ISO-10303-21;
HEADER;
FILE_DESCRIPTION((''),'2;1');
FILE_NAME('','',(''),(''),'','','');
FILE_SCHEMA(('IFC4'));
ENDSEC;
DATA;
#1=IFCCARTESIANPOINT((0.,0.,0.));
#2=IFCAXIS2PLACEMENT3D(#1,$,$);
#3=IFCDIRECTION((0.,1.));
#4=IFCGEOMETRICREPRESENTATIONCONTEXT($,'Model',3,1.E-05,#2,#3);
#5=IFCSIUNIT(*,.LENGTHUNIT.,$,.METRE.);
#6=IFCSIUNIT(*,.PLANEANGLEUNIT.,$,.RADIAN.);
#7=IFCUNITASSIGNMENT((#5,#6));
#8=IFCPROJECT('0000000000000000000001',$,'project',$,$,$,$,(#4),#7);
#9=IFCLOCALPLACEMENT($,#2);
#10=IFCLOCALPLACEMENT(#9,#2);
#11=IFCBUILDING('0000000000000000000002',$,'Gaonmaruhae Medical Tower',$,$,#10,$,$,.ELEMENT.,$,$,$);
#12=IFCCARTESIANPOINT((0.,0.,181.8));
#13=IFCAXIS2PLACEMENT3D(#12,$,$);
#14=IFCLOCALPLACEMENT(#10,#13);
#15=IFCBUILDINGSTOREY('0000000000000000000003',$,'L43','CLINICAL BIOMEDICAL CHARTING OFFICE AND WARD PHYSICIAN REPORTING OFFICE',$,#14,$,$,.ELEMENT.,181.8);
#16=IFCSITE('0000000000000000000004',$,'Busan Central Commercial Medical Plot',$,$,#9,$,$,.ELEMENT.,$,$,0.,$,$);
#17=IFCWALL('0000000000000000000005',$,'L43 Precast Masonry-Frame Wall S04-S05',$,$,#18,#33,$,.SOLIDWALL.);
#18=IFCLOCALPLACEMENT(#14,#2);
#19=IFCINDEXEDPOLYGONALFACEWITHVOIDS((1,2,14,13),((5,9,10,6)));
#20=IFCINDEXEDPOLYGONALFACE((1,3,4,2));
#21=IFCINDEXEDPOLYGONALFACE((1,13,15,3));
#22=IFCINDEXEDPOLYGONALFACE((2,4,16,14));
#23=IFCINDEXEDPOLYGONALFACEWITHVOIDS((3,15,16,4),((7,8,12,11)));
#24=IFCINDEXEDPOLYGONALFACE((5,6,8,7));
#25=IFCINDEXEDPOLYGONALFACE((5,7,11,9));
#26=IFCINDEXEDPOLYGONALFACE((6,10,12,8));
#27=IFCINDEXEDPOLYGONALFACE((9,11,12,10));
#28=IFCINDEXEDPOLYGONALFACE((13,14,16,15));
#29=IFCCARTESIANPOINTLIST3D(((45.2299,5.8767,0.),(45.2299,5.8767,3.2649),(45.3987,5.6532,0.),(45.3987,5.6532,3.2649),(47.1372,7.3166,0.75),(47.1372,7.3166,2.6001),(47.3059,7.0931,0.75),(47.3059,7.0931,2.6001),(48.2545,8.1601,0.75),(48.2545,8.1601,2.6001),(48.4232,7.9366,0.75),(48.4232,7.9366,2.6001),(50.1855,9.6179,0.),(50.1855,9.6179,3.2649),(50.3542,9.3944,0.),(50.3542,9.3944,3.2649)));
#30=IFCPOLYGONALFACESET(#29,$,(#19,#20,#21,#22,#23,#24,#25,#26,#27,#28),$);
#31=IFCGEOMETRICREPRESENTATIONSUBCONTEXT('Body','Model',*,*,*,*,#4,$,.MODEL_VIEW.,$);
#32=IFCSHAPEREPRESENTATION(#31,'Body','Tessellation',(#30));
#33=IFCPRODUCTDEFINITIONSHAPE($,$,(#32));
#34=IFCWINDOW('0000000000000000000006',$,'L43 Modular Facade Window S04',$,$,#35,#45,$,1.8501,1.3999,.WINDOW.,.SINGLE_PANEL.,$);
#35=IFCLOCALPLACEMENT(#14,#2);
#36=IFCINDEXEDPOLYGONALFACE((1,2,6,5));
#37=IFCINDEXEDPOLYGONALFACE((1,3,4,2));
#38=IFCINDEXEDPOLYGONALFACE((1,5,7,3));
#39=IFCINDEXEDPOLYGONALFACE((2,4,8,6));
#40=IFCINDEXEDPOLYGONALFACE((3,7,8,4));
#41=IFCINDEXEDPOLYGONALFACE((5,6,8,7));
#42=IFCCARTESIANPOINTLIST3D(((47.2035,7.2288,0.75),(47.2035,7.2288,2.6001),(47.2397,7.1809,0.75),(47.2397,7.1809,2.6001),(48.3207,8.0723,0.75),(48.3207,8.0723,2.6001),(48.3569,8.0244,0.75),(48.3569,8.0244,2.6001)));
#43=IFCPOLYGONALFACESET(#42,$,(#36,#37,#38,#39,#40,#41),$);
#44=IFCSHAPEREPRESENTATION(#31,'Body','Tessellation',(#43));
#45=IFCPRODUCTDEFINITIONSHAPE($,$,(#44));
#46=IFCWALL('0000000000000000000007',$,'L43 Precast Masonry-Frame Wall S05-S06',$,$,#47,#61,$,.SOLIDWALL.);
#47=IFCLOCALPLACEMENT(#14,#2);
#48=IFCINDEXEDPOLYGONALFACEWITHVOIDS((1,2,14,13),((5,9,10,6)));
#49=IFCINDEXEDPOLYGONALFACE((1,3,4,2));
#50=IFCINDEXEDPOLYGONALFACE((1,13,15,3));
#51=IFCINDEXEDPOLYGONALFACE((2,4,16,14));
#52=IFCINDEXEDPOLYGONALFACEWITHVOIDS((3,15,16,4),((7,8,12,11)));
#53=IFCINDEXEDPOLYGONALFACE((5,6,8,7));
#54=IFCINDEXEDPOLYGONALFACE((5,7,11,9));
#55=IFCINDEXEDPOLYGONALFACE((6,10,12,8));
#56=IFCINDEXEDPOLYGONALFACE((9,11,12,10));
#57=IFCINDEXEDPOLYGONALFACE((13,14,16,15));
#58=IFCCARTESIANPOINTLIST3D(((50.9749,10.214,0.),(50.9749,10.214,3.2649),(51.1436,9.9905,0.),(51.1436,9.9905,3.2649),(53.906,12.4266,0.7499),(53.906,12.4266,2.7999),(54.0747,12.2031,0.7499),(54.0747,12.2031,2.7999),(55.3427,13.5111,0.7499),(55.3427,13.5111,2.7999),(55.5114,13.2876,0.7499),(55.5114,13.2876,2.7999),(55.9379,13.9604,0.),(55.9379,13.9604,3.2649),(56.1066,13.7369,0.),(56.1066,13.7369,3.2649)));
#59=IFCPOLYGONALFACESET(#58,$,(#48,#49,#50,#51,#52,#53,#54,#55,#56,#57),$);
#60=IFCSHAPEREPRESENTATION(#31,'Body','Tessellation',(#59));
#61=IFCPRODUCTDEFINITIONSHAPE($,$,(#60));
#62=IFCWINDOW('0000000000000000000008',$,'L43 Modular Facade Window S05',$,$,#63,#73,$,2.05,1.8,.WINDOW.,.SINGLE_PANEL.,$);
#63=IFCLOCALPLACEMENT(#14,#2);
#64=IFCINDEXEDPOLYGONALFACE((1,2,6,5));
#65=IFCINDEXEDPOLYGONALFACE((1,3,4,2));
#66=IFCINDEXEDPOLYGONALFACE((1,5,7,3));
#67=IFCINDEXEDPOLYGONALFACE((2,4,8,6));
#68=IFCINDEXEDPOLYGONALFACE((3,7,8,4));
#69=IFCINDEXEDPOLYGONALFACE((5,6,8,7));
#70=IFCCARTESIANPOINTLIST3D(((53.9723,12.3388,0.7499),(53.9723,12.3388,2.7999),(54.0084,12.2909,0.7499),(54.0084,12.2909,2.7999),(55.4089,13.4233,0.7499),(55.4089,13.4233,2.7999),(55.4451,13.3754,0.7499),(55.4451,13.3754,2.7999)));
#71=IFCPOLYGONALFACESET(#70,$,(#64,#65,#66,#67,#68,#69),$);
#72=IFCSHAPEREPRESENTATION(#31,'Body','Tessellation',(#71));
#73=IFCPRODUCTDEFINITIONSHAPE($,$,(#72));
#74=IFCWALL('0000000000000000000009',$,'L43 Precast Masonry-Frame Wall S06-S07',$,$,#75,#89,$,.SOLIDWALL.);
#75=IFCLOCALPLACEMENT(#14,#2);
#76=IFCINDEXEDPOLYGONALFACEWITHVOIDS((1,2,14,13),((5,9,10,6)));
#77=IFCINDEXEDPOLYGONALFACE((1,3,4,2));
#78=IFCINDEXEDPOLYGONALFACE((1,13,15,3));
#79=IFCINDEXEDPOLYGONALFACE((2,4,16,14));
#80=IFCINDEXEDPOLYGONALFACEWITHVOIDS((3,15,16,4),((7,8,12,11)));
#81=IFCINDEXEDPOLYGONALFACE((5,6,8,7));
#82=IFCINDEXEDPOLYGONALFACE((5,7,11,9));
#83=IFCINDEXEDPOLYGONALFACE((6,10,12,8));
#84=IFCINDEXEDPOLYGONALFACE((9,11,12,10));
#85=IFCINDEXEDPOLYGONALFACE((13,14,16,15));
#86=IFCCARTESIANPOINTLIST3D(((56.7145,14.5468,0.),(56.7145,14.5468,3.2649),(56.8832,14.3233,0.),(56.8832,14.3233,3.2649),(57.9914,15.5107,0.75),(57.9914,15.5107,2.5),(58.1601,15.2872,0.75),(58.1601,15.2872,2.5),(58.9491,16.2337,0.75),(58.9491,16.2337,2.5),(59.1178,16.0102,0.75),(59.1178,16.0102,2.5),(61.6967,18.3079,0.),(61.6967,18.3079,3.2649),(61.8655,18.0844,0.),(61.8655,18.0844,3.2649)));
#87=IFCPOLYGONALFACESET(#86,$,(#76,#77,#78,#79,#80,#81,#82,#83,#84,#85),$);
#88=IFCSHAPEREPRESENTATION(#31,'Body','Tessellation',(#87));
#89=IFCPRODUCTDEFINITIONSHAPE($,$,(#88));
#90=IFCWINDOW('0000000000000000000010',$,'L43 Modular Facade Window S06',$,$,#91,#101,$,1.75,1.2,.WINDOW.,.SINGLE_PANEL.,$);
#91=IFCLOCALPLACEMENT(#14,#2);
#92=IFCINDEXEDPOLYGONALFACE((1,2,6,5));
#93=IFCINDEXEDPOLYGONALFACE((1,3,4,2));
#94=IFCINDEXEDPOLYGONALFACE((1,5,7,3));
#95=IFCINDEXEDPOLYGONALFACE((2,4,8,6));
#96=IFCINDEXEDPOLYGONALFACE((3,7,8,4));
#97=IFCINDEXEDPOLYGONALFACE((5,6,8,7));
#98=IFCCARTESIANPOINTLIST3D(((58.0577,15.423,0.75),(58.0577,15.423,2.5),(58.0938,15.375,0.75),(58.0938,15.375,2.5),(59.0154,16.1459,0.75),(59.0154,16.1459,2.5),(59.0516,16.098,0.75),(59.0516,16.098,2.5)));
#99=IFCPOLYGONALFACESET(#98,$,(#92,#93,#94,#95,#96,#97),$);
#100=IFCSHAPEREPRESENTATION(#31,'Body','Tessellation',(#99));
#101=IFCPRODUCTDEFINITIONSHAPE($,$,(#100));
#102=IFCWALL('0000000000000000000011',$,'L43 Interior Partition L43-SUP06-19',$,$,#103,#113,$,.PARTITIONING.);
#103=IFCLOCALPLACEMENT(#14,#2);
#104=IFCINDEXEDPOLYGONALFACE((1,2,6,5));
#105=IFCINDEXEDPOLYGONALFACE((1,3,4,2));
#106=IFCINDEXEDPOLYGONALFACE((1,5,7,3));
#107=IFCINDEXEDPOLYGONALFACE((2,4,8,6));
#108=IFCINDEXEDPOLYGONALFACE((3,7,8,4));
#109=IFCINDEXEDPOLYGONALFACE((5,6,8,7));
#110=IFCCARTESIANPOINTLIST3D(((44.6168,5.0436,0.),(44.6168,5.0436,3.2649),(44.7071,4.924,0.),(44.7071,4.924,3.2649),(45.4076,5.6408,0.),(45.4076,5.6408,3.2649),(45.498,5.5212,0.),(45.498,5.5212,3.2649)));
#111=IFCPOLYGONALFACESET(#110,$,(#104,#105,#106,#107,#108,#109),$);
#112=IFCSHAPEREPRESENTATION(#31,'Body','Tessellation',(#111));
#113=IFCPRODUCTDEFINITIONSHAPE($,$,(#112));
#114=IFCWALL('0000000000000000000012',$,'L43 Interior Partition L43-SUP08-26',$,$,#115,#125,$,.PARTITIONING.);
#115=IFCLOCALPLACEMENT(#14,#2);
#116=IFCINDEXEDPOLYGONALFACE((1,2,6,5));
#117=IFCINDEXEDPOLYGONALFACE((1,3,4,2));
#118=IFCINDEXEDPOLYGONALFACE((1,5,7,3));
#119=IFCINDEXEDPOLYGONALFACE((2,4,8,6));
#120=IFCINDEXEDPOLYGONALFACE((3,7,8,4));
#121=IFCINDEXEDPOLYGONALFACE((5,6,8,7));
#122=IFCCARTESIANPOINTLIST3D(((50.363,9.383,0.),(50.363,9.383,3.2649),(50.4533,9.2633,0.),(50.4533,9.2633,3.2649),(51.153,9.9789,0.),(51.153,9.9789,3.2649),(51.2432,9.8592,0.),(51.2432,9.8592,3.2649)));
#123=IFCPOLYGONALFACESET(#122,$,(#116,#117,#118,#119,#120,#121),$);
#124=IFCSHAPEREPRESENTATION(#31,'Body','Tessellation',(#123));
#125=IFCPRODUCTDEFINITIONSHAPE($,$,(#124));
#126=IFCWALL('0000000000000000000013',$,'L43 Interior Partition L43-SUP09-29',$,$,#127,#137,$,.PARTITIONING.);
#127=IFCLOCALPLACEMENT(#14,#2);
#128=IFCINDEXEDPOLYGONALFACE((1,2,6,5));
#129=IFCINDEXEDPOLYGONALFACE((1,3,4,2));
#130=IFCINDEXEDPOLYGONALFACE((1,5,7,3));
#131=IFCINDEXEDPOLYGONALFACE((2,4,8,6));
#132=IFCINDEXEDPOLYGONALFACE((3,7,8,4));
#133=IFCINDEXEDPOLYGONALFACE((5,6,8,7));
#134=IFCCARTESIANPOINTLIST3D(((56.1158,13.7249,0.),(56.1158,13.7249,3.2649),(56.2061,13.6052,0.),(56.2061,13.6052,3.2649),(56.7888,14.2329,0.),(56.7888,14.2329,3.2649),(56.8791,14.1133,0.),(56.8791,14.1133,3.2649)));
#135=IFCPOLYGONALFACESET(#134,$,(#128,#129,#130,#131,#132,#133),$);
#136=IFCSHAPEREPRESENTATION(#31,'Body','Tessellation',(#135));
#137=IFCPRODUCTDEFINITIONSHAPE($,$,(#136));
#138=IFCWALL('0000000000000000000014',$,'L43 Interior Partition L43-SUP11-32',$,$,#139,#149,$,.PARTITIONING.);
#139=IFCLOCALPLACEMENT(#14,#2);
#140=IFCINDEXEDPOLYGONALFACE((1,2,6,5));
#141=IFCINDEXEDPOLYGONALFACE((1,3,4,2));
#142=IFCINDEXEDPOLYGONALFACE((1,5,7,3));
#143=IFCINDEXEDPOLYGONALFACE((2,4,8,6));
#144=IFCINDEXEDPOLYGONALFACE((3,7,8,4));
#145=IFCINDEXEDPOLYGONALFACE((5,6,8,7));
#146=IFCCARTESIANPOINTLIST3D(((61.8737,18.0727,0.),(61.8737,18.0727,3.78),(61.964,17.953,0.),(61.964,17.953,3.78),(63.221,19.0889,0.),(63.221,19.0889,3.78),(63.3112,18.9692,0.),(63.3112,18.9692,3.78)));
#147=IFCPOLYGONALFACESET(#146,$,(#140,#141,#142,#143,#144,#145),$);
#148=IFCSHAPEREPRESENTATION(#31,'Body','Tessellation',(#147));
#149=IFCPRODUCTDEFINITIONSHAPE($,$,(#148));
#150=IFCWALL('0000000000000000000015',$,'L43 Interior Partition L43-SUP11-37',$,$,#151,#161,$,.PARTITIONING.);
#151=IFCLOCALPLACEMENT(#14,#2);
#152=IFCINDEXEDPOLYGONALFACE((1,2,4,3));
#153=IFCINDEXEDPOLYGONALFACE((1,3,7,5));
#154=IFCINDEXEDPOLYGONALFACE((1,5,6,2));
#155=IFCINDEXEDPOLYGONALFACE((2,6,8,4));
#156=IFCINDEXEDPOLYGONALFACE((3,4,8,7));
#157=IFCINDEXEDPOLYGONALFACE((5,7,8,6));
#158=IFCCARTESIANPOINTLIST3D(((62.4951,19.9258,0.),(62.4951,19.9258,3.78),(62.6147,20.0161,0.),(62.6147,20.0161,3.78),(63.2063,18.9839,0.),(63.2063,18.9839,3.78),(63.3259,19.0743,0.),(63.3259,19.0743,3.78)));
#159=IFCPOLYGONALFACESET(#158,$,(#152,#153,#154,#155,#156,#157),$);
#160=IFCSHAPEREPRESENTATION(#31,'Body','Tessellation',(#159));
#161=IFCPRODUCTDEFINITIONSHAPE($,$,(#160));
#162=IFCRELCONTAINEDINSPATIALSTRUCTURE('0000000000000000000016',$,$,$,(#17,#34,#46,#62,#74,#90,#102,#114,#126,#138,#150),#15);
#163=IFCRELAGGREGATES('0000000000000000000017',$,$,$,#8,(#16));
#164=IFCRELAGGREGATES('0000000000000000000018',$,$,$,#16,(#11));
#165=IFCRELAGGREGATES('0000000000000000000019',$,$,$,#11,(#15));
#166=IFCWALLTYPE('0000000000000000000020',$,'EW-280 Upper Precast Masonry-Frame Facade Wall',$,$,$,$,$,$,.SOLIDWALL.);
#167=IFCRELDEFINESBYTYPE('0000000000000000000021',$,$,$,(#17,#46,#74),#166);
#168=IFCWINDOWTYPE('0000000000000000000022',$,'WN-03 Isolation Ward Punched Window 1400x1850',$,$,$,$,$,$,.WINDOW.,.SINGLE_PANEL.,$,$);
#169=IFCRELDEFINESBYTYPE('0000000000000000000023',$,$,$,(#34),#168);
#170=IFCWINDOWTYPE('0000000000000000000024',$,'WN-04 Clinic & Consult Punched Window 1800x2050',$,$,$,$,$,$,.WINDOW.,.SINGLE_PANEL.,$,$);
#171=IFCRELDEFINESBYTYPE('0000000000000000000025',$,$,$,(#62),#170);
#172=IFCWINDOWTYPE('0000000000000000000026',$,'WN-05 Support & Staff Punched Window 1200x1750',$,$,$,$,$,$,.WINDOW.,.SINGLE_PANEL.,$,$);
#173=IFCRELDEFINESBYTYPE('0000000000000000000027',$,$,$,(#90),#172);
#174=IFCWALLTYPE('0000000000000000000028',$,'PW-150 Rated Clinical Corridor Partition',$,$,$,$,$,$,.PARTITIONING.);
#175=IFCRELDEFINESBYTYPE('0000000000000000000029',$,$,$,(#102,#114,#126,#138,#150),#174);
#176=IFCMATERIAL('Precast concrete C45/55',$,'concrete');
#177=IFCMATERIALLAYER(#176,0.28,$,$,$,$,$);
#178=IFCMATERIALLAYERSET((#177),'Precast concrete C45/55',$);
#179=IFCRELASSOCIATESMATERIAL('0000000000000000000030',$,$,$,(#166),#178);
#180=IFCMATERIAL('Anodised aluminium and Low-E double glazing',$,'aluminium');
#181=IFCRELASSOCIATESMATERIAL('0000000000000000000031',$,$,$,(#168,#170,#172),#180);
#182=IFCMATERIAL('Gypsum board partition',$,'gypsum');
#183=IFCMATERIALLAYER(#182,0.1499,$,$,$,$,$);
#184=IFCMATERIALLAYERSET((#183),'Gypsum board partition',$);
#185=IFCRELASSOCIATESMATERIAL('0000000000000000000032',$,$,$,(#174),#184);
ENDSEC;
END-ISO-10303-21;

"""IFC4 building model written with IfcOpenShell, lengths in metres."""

from ifc_helpers import new_model, si_unit, direction, frame, frame_2d, origin, place, context, subcontext, project, spatial, rectangle, extrude, material, layer, layer_set, type_object, element, fill, save


model = new_model("IFC4")

# Units and contexts
model_context = context("Model", 3, precision=1e-05, world=origin(), true_north=direction((0.0, 1.0)))
body_context = subcontext(model_context, "Body", "Model", "MODEL_VIEW")
ifc_project = project(units=[si_unit("LENGTHUNIT", "METRE"), si_unit("PLANEANGLEUNIT", "RADIAN")], contexts=[model_context])

# Site, building, storey
site_placement = place(None, origin())
site = spatial("IfcSite", under=ifc_project, at=site_placement, Name="Busan Central Commercial Medical Plot", CompositionType="ELEMENT", RefElevation=0.0)
building_placement = place(site_placement, origin())
building = spatial("IfcBuilding", under=site, at=building_placement, Name="Gaonmaruhae Medical Tower", CompositionType="ELEMENT")
storey_placement = place(building_placement, frame((0.0, 0.0, 181.8)))
storey = spatial("IfcBuildingStorey", under=building, at=storey_placement, Name="L43", Description="CLINICAL BIOMEDICAL CHARTING OFFICE AND WARD PHYSICIAN REPORTING OFFICE", CompositionType="ELEMENT", Elevation=181.8)

# Walls, openings, windows
ifc_material_1 = material(Name="Precast concrete C45/55", Category="concrete")
ifc_layer_1 = layer(ifc_material_1, 0.28)
ifc_layer_set_1 = layer_set([ifc_layer_1], Name="Precast concrete C45/55")
wall_type_1 = type_object("IfcWallType", Name="EW-280 Upper Precast Masonry-Frame Facade Wall", PredefinedType="SOLIDWALL", material=ifc_layer_set_1)
wall_1_placement = place(storey_placement, frame((50.2698, 9.5061, 0.0), z_axis=(0.0, 0.0, 1.0), x_axis=(-0.798099, -0.602526, 0.0)))
wall_1 = element("IfcWall", 1, at=wall_1_placement, inside=storey, type_object=wall_type_1, Name="L43 Precast Masonry-Frame Wall S04-S05", PredefinedType="SOLIDWALL", context=body_context, shape_type="SweptSolid", body=[
    extrude(rectangle(XDim=6.2092, YDim=0.28, at=frame_2d((3.1045, 0.0))), origin(), (0.0, 0.0, 1.0), 3.2649),
])
opening_1_placement = place(wall_1_placement, frame((2.4194, 0.0, 0.75)))
opening_1 = element("IfcOpeningElement", 2, at=opening_1_placement, cuts=wall_1, PredefinedType="OPENING", context=body_context, shape_type="SweptSolid", body=[
    extrude(rectangle(XDim=1.3999, YDim=1.8501, at=frame_2d((0.7, 0.925))), frame((0.0, 0.1499, 0.0), z_axis=(0.0, -1.0, 0.0), x_axis=(1.0, 0.0, 0.0)), (0.0, 0.0, 1.0), 0.3),
])
ifc_material_2 = material(Name="Anodised aluminium and Low-E double glazing", Category="aluminium")
window_type_1 = type_object("IfcWindowType", Name="WN-03 Isolation Ward Punched Window 1400x1850", PartitioningType="SINGLE_PANEL", PredefinedType="WINDOW", material=ifc_material_2)
window_1_placement = place(opening_1_placement, origin())
window_1 = element("IfcWindow", 3, at=window_1_placement, inside=storey, type_object=window_type_1, Name="L43 Modular Facade Window S04", OverallHeight=1.8501, OverallWidth=1.3999, PartitioningType="SINGLE_PANEL", PredefinedType="WINDOW", context=body_context, shape_type="SweptSolid", body=[
    extrude(rectangle(XDim=1.3999, YDim=1.8501, at=frame_2d((0.7, 0.925))), frame((0.0, 0.03, 0.0), z_axis=(0.0, -1.0, 0.0), x_axis=(1.0, 0.0, 0.0)), (0.0, 0.0, 1.0), 0.0601),
])
fill(opening_1, window_1)
wall_2_placement = place(storey_placement, frame((56.0222, 13.8486, 0.0), z_axis=(0.0, 0.0, 1.0), x_axis=(-0.79813, -0.602485, 0.0)))
wall_2 = element("IfcWall", 4, at=wall_2_placement, inside=storey, type_object=wall_type_1, Name="L43 Precast Masonry-Frame Wall S05-S06", PredefinedType="SOLIDWALL", context=body_context, shape_type="SweptSolid", body=[
    extrude(rectangle(XDim=6.2183, YDim=0.28, at=frame_2d((3.1091, 0.0))), origin(), (0.0, 0.0, 1.0), 3.2649),
])
opening_2_placement = place(wall_2_placement, frame((0.7458, 0.0, 0.75)))
opening_2 = element("IfcOpeningElement", 5, at=opening_2_placement, cuts=wall_2, PredefinedType="OPENING", context=body_context, shape_type="SweptSolid", body=[
    extrude(rectangle(XDim=1.8, YDim=2.05, at=frame_2d((0.8999, 1.0249))), frame((0.0, 0.1499, 0.0), z_axis=(0.0, -1.0, 0.0), x_axis=(1.0, 0.0, 0.0)), (0.0, 0.0, 1.0), 0.3),
])
window_type_2 = type_object("IfcWindowType", Name="WN-04 Clinic & Consult Punched Window 1800x2050", PartitioningType="SINGLE_PANEL", PredefinedType="WINDOW", material=ifc_material_2)
window_2_placement = place(opening_2_placement, origin())
window_2 = element("IfcWindow", 6, at=window_2_placement, inside=storey, type_object=window_type_2, Name="L43 Modular Facade Window S05", OverallHeight=2.05, OverallWidth=1.8, PartitioningType="SINGLE_PANEL", PredefinedType="WINDOW", context=body_context, shape_type="SweptSolid", body=[
    extrude(rectangle(XDim=1.8, YDim=2.05, at=frame_2d((0.8999, 1.0249))), frame((0.0, 0.03, 0.0), z_axis=(0.0, -1.0, 0.0), x_axis=(1.0, 0.0, 0.0)), (0.0, 0.0, 1.0), 0.0601),
])
fill(opening_2, window_2)
wall_3_placement = place(storey_placement, frame((61.781, 18.196, 0.0), z_axis=(0.0, 0.0, 1.0), x_axis=(-0.798124, -0.602494, 0.0)))
wall_3 = element("IfcWall", 7, at=wall_3_placement, inside=storey, type_object=wall_type_1, Name="L43 Precast Masonry-Frame Wall S06-S07", PredefinedType="SOLIDWALL", context=body_context, shape_type="SweptSolid", body=[
    extrude(rectangle(XDim=6.2424, YDim=0.28, at=frame_2d((3.1211, 0.0))), origin(), (0.0, 0.0, 1.0), 3.2649),
])
opening_3_placement = place(wall_3_placement, frame((3.4424, 0.0, 0.75)))
opening_3 = element("IfcOpeningElement", 8, at=opening_3_placement, cuts=wall_3, PredefinedType="OPENING", context=body_context, shape_type="SweptSolid", body=[
    extrude(rectangle(XDim=1.2, YDim=1.75, at=frame_2d((0.6001, 0.875))), frame((0.0, 0.1499, 0.0), z_axis=(0.0, -1.0, 0.0), x_axis=(1.0, 0.0, 0.0)), (0.0, 0.0, 1.0), 0.3),
])
window_type_3 = type_object("IfcWindowType", Name="WN-05 Support & Staff Punched Window 1200x1750", PartitioningType="SINGLE_PANEL", PredefinedType="WINDOW", material=ifc_material_2)
window_3_placement = place(opening_3_placement, origin())
window_3 = element("IfcWindow", 9, at=window_3_placement, inside=storey, type_object=window_type_3, Name="L43 Modular Facade Window S06", OverallHeight=1.75, OverallWidth=1.2, PartitioningType="SINGLE_PANEL", PredefinedType="WINDOW", context=body_context, shape_type="SweptSolid", body=[
    extrude(rectangle(XDim=1.2, YDim=1.75, at=frame_2d((0.6001, 0.875))), frame((0.0, 0.03, 0.0), z_axis=(0.0, -1.0, 0.0), x_axis=(1.0, 0.0, 0.0)), (0.0, 0.0, 1.0), 0.0601),
])
fill(opening_3, window_3)

# Walls
ifc_material_3 = material(Name="Gypsum board partition", Category="gypsum")
ifc_layer_2 = layer(ifc_material_3, 0.1499)
ifc_layer_set_2 = layer_set([ifc_layer_2], Name="Gypsum board partition")
wall_type_2 = type_object("IfcWallType", Name="PW-150 Rated Clinical Corridor Partition", PredefinedType="PARTITIONING", material=ifc_layer_set_2)
wall_4_placement = place(storey_placement, frame((45.4529, 5.5811, 0.0), z_axis=(0.0, 0.0, 1.0), x_axis=(-0.798015, -0.602638, 0.0)))
element("IfcWall", 10, at=wall_4_placement, inside=storey, type_object=wall_type_2, Name="L43 Interior Partition L43-SUP06-19", PredefinedType="PARTITIONING", context=body_context, shape_type="SweptSolid", body=[
    extrude(rectangle(XDim=0.991, YDim=0.1499, at=frame_2d((0.4956, 0.0))), origin(), (0.0, 0.0, 1.0), 3.2649),
])
wall_5_placement = place(storey_placement, frame((51.198, 9.9189, 0.0), z_axis=(0.0, 0.0, 1.0), x_axis=(-0.798339, -0.602208, 0.0)))
element("IfcWall", 11, at=wall_5_placement, inside=storey, type_object=wall_type_2, Name="L43 Interior Partition L43-SUP08-26", PredefinedType="PARTITIONING", context=body_context, shape_type="SweptSolid", body=[
    extrude(rectangle(XDim=0.9895, YDim=0.1499, at=frame_2d((0.4946, 0.0))), origin(), (0.0, 0.0, 1.0), 3.2649),
])
wall_6_placement = place(storey_placement, frame((56.834, 14.1731, 0.0), z_axis=(0.0, 0.0, 1.0), x_axis=(-0.798155, -0.602452, 0.0)))
element("IfcWall", 12, at=wall_6_placement, inside=storey, type_object=wall_type_2, Name="L43 Interior Partition L43-SUP09-29", PredefinedType="PARTITIONING", context=body_context, shape_type="SweptSolid", body=[
    extrude(rectangle(XDim=0.8433, YDim=0.1499, at=frame_2d((0.4216, 0.0))), origin(), (0.0, 0.0, 1.0), 3.2649),
])
wall_7_placement = place(storey_placement, frame((63.2661, 19.0291, 0.0), z_axis=(0.0, 0.0, 1.0), x_axis=(-0.798365, -0.602174, 0.0)))
element("IfcWall", 13, at=wall_7_placement, inside=storey, type_object=wall_type_2, Name="L43 Interior Partition L43-SUP11-32", PredefinedType="PARTITIONING", context=body_context, shape_type="SweptSolid", body=[
    extrude(rectangle(XDim=1.6875, YDim=0.1499, at=frame_2d((0.8438, 0.0))), origin(), (0.0, 0.0, 1.0), 3.78),
])
wall_8_placement = place(storey_placement, frame((62.5549, 19.9709, 0.0), z_axis=(0.0, 0.0, 1.0), x_axis=(0.602578, -0.79806, 0.0)))
element("IfcWall", 14, at=wall_8_placement, inside=storey, type_object=wall_type_2, Name="L43 Interior Partition L43-SUP11-37", PredefinedType="PARTITIONING", context=body_context, shape_type="SweptSolid", body=[
    extrude(rectangle(XDim=1.1802, YDim=0.1499, at=frame_2d((0.5901, 0.0))), origin(), (0.0, 0.0, 1.0), 3.78),
])

save(model, "model.ifc")
